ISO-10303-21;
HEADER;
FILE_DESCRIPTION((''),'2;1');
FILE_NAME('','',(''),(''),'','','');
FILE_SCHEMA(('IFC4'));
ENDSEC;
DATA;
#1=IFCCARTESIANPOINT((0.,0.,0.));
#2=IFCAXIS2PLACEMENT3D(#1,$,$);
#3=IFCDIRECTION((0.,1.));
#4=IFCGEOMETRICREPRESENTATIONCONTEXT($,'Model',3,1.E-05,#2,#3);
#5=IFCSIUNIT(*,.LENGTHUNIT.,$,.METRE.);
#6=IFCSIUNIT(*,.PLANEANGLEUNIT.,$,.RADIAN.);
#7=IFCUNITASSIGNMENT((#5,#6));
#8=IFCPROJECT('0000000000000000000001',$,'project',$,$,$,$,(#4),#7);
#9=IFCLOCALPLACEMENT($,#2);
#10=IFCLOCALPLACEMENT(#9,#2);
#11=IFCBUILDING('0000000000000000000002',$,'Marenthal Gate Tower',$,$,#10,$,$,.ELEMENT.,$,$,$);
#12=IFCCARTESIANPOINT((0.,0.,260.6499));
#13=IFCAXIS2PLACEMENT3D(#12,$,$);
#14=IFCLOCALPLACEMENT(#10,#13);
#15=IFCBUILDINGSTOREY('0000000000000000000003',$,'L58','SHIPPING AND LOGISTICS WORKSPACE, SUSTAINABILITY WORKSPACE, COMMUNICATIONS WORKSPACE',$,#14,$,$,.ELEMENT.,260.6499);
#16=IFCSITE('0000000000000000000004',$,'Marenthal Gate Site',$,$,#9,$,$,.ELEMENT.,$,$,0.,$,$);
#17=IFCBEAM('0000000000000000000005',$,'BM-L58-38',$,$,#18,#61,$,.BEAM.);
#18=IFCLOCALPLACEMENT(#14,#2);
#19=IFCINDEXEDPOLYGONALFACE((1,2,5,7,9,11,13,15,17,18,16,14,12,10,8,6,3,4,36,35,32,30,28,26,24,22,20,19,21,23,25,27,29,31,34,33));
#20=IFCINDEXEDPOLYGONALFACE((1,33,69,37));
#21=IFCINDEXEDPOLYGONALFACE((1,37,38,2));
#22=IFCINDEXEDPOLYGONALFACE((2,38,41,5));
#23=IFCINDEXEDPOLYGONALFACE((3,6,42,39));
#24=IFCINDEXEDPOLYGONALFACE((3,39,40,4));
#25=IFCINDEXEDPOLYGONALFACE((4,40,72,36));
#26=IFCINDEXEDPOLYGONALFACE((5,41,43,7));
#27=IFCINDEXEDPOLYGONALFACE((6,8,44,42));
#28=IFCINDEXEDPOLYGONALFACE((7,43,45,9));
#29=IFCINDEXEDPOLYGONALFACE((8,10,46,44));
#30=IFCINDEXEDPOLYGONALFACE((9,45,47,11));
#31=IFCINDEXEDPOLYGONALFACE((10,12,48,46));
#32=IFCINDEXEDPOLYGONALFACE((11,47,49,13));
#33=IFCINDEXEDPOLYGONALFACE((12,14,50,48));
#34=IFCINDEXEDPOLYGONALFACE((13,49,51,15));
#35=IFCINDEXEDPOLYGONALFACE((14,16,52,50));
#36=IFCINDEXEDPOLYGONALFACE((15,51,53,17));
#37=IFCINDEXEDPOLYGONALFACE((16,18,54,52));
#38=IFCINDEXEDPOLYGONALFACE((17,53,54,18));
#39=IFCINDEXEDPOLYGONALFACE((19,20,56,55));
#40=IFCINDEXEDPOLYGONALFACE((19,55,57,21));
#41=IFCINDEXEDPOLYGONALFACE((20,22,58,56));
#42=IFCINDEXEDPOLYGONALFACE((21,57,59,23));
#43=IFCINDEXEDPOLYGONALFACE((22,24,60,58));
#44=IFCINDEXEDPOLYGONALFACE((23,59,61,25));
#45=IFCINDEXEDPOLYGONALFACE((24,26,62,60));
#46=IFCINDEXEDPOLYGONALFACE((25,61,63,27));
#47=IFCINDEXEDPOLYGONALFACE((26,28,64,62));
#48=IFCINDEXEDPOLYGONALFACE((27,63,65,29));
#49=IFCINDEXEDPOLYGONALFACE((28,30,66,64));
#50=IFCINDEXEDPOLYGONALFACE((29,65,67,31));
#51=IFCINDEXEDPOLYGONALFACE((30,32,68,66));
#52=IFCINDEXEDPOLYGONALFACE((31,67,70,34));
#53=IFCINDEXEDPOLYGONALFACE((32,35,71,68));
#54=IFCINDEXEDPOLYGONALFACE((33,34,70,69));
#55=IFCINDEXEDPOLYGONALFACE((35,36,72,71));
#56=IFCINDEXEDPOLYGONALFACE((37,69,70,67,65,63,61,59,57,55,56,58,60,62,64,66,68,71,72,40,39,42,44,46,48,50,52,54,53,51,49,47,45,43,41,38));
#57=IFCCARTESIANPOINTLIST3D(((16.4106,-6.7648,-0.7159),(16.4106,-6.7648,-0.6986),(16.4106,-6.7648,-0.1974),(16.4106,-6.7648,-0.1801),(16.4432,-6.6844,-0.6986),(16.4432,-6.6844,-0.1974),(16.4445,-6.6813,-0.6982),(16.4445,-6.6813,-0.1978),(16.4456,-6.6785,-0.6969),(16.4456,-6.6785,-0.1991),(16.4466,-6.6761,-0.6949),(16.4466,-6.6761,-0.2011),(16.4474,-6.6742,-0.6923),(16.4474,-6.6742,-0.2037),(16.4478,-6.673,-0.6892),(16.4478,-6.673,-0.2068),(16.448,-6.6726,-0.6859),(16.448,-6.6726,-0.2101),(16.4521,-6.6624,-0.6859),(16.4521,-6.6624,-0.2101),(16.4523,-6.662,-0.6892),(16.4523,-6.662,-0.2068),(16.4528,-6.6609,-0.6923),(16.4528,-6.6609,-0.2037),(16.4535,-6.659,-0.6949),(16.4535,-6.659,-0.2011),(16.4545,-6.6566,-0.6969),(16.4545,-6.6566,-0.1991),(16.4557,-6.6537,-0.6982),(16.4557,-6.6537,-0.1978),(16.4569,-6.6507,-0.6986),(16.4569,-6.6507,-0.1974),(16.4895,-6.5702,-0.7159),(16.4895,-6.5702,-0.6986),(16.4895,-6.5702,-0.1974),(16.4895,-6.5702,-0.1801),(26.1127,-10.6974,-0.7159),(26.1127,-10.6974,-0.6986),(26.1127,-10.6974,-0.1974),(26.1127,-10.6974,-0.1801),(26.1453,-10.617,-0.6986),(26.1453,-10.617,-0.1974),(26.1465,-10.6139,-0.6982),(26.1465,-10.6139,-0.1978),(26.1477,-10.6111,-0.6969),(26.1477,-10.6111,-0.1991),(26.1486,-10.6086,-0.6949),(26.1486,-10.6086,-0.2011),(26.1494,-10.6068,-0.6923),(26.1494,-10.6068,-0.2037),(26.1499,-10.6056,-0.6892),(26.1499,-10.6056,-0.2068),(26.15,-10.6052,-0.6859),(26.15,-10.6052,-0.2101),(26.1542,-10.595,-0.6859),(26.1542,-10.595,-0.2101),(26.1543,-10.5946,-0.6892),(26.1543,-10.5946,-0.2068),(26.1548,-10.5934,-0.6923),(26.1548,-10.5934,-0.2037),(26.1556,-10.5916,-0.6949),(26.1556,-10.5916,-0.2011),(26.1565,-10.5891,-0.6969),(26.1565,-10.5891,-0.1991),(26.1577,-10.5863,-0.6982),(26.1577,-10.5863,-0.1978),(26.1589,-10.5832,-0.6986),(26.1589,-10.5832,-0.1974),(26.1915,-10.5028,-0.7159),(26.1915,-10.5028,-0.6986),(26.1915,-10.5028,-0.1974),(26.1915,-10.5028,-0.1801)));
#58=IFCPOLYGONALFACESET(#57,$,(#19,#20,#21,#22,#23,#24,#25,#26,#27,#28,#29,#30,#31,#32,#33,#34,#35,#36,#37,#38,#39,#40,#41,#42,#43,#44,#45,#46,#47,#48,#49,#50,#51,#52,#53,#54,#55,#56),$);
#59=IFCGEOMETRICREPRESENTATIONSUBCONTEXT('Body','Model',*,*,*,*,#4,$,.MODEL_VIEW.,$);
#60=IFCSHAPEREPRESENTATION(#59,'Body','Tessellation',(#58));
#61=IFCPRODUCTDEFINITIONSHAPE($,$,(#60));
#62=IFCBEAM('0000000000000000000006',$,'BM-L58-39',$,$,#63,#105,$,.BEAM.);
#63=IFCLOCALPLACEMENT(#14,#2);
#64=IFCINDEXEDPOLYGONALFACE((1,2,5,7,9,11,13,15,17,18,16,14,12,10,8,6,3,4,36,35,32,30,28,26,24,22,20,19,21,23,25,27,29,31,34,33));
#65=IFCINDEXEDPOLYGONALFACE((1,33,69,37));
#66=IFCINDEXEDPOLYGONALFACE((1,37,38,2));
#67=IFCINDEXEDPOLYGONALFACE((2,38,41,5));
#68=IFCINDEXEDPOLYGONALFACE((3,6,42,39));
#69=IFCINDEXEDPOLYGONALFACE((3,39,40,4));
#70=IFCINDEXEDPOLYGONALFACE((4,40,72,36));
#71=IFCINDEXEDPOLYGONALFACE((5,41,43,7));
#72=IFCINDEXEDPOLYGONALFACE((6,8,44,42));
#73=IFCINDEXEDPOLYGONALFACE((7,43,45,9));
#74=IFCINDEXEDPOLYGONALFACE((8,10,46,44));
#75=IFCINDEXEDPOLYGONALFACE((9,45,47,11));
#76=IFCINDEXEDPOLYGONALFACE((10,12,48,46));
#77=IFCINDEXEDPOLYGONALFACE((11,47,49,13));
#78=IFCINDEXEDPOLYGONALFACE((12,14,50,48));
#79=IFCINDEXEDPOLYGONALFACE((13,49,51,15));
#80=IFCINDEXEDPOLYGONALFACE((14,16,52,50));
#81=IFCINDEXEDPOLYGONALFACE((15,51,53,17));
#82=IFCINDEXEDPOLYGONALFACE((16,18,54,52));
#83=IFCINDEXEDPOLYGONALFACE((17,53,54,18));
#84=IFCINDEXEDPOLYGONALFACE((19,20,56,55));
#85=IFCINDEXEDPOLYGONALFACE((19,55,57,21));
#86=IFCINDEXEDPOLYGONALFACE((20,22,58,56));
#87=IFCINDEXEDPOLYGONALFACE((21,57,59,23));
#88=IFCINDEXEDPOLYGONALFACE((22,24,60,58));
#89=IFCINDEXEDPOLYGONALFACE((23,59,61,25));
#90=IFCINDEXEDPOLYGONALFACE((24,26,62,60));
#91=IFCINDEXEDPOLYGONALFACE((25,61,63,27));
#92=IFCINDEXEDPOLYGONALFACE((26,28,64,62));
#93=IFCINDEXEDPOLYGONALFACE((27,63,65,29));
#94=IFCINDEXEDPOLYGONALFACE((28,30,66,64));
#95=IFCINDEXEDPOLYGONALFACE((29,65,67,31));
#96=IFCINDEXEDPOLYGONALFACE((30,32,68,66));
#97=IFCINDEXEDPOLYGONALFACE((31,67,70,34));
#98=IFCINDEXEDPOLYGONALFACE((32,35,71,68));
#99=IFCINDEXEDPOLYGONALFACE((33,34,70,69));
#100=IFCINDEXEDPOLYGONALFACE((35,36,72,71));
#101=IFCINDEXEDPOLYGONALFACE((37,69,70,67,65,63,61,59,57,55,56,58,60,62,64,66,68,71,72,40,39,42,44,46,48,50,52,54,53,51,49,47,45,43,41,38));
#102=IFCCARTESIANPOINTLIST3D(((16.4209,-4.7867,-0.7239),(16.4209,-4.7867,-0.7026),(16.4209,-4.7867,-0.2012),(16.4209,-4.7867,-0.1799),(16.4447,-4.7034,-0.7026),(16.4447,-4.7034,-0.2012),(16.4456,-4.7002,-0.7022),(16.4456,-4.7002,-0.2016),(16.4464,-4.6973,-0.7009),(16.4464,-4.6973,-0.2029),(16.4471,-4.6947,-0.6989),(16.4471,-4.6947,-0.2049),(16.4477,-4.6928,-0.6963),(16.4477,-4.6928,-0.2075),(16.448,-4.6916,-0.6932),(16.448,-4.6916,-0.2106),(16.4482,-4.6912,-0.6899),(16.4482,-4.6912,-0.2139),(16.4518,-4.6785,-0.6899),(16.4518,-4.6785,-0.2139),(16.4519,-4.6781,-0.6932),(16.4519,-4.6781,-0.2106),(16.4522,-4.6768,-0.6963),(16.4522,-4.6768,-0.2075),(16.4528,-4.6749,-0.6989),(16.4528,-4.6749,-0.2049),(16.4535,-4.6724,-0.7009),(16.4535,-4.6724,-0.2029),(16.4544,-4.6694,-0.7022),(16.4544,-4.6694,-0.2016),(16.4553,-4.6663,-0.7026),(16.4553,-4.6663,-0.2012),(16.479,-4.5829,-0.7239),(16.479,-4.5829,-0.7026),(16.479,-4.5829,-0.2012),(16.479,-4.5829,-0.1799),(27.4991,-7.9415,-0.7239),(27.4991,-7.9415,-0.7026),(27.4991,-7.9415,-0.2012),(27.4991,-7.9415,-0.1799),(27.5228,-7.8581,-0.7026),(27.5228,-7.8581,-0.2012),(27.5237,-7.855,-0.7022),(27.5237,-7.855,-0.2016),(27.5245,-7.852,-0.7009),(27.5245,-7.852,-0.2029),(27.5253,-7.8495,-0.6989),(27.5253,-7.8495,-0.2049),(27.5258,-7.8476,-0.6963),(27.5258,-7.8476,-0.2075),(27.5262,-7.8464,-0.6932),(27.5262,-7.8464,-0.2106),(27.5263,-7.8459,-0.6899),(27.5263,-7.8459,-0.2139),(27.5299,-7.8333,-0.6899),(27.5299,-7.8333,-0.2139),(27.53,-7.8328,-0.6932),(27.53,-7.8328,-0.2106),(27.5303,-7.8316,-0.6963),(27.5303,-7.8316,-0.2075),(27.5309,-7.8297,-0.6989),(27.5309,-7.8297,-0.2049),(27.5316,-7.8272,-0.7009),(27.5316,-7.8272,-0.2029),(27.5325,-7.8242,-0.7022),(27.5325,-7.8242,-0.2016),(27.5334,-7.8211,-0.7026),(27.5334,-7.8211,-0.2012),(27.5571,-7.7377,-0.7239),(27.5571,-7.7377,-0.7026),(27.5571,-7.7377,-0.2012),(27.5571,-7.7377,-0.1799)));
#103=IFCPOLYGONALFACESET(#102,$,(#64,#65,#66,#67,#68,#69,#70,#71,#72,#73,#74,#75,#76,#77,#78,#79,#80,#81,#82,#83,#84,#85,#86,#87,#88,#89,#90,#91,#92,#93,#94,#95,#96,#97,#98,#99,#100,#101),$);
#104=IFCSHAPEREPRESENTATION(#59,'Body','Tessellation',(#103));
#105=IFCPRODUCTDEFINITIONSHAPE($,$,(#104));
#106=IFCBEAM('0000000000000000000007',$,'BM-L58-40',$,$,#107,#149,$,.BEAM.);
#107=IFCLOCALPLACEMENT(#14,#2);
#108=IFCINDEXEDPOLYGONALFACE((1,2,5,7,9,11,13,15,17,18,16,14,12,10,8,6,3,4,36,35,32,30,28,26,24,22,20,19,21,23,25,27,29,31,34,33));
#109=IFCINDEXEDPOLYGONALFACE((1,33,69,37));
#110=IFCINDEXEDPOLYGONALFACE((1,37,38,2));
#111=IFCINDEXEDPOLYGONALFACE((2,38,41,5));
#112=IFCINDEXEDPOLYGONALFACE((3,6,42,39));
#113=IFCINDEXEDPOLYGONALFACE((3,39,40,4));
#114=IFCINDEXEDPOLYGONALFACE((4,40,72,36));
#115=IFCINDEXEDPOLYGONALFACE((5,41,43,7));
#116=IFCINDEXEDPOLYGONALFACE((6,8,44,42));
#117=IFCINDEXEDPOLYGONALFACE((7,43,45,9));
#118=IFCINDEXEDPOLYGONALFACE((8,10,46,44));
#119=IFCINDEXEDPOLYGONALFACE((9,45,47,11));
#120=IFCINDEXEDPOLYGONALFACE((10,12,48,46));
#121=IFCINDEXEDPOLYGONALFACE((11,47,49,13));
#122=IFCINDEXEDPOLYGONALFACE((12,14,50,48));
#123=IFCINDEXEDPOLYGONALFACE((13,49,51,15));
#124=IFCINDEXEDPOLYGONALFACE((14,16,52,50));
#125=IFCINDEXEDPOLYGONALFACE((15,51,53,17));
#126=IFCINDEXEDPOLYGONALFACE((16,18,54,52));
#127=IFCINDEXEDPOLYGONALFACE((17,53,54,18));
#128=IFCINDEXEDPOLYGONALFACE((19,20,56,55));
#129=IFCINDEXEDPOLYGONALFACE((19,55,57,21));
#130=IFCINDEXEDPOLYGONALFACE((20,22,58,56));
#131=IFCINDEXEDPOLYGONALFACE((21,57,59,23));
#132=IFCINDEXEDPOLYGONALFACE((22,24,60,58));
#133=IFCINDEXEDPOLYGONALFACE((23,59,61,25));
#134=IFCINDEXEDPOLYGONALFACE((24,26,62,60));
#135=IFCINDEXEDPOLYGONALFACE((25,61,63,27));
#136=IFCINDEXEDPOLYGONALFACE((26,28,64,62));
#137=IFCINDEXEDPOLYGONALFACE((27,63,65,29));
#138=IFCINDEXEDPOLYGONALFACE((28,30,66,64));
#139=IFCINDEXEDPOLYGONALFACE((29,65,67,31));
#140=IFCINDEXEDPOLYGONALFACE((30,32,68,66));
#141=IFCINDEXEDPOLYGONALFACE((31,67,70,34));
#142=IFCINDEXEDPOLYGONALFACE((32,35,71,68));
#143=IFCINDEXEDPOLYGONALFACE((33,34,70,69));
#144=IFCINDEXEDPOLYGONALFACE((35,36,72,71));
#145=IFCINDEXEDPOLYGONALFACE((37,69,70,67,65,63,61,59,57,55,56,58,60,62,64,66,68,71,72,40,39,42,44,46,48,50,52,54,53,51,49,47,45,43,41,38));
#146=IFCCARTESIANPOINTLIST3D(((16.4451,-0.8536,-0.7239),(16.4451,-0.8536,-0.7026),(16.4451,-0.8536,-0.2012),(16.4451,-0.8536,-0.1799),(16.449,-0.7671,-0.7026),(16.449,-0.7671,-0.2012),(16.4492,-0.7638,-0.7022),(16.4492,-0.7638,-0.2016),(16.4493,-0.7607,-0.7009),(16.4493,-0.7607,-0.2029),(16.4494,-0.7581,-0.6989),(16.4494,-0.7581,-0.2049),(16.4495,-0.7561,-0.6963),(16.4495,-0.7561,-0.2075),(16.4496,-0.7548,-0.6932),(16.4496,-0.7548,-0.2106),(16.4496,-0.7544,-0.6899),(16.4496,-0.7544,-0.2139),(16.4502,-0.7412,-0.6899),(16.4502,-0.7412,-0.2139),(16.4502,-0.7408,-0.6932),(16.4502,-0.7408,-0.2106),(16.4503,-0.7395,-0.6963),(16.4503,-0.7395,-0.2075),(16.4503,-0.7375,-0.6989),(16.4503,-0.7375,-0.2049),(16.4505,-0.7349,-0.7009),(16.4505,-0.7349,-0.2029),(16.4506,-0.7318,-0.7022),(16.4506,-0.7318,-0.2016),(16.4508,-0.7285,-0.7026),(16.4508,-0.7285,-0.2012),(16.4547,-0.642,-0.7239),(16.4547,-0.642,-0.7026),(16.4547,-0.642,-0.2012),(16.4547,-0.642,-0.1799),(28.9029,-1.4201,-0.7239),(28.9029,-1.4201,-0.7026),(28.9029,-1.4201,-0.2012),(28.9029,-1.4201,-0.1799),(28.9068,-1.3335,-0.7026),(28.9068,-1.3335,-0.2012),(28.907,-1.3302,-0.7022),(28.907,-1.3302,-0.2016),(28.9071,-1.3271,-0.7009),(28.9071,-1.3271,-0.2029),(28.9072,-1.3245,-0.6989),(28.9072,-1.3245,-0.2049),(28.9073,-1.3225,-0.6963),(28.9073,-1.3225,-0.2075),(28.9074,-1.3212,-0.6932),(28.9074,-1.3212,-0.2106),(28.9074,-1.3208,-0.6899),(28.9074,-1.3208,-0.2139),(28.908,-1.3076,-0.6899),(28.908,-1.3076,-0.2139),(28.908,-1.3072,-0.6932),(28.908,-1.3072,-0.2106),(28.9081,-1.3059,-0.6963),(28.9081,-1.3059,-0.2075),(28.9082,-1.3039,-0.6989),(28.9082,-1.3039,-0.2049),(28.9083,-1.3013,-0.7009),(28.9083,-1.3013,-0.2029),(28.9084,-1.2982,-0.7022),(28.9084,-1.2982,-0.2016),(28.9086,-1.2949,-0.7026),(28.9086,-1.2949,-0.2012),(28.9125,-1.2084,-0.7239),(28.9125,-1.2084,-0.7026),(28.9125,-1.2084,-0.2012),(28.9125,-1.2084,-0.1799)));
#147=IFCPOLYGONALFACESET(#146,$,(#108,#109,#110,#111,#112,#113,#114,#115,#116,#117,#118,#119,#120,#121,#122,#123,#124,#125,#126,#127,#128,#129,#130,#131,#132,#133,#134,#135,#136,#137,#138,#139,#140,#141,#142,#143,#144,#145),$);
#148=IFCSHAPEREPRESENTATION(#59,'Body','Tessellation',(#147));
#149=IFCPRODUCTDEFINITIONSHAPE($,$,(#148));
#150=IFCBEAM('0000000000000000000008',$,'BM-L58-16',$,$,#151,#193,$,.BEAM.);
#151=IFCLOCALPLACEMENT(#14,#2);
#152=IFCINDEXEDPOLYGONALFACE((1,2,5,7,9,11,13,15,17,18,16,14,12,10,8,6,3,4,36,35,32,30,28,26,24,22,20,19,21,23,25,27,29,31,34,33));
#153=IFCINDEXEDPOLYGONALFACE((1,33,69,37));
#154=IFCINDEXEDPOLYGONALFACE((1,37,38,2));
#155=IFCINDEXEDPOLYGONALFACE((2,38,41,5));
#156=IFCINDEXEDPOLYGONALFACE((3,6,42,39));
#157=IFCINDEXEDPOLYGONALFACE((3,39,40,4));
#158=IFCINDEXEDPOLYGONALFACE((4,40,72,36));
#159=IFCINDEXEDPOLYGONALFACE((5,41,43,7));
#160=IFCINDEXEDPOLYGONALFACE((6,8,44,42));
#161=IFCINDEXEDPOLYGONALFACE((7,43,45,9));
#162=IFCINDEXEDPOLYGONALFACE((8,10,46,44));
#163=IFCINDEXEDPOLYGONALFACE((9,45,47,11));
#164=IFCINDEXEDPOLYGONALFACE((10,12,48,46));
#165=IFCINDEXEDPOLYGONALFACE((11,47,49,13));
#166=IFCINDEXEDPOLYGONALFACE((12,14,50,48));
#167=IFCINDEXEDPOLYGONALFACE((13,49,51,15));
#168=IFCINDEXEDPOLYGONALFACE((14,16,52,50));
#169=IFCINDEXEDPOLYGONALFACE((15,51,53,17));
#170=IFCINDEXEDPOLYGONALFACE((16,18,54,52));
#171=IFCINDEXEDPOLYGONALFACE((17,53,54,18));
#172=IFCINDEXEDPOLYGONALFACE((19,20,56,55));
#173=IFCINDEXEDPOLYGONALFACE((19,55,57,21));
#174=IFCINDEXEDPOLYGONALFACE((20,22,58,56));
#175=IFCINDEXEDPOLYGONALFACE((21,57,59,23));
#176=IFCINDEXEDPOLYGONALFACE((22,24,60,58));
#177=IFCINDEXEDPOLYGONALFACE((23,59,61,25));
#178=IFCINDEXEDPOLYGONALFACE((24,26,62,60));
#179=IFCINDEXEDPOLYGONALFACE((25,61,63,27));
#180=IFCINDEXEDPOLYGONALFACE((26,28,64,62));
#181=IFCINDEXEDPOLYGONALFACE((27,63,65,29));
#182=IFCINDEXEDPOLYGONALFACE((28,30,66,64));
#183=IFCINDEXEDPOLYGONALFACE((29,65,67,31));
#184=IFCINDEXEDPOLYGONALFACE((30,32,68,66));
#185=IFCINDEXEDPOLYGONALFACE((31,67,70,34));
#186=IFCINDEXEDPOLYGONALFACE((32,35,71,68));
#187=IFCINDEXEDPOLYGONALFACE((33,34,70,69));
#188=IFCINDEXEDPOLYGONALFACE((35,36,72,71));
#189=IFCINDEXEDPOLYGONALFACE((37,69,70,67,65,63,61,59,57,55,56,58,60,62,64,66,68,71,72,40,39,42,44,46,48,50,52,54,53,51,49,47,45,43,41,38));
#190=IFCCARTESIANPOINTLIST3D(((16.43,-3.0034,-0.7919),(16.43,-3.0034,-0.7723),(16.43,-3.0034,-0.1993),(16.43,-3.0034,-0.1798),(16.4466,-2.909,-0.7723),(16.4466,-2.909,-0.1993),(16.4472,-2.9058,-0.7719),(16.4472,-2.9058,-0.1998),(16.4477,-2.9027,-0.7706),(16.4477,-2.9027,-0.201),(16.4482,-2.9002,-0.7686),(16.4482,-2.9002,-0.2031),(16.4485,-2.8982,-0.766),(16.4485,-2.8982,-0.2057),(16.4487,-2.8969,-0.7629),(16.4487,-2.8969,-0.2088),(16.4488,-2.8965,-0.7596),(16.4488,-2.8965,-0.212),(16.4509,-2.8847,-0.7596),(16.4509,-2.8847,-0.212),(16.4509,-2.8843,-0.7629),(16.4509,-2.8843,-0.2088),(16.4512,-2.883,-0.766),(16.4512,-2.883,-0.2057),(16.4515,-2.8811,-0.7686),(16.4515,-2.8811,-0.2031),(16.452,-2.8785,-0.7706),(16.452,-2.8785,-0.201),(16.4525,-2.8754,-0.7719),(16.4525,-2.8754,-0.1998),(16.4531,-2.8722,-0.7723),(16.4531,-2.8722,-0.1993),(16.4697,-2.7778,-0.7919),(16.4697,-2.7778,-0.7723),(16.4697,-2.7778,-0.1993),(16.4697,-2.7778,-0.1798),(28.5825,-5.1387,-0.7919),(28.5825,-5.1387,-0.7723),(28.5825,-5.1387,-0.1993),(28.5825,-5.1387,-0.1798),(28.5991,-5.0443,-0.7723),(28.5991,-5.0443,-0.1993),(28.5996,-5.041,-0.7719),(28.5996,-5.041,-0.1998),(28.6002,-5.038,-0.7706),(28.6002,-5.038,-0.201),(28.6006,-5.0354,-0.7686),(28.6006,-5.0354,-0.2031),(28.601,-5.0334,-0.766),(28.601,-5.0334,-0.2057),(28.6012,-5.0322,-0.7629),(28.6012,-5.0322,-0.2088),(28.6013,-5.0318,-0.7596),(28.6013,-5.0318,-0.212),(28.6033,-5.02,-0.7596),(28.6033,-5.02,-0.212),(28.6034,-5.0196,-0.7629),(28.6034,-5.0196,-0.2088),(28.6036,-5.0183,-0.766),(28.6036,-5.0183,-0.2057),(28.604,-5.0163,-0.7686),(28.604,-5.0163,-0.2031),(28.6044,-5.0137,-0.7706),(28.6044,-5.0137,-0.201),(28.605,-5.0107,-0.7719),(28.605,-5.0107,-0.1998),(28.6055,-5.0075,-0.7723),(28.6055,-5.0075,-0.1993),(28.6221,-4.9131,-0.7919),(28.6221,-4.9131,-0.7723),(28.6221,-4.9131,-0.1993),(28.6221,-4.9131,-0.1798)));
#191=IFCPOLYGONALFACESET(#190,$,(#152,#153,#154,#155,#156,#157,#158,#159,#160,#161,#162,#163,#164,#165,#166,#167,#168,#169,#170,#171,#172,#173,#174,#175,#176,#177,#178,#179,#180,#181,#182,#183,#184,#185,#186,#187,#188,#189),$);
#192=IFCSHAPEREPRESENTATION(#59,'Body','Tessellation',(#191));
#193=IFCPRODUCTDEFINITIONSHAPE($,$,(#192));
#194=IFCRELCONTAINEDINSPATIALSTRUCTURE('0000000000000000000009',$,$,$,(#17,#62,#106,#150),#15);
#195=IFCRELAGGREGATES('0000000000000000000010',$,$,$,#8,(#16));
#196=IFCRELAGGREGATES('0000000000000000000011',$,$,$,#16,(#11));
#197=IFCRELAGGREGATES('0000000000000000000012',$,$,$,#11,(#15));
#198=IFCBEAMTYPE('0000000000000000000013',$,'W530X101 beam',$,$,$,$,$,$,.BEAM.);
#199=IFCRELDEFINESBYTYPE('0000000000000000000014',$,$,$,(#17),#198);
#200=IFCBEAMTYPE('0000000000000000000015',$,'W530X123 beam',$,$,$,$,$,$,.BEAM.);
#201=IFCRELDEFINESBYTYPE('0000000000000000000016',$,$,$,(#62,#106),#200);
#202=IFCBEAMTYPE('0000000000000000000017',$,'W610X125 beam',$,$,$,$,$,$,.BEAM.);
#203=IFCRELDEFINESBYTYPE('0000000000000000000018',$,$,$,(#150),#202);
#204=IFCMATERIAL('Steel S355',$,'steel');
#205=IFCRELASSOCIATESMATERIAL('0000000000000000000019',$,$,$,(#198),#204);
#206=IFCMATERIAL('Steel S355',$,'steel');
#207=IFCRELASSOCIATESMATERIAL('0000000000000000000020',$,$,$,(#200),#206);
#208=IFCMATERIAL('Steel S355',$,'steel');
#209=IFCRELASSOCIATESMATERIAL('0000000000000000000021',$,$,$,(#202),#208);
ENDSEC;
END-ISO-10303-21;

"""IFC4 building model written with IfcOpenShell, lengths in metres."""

from ifc_helpers import new_model, si_unit, direction, frame, origin, origin_2d, place, context, subcontext, project, spatial, i_section, extrude, material, material_profile, profile_set, type_object, element, save


model = new_model("IFC4")

# Units and contexts
model_context = context("Model", 3, precision=1e-05, world=origin(), true_north=direction((0.0, 1.0)))
body_context = subcontext(model_context, "Body", "Model", "MODEL_VIEW")
ifc_project = project(units=[si_unit("LENGTHUNIT", "METRE"), si_unit("PLANEANGLEUNIT", "RADIAN")], contexts=[model_context])

# Site, building, storey
site_placement = place(None, origin())
site = spatial("IfcSite", under=ifc_project, at=site_placement, Name="Marenthal Gate Site", CompositionType="ELEMENT", RefElevation=0.0)
building_placement = place(site_placement, origin())
building = spatial("IfcBuilding", under=site, at=building_placement, Name="Marenthal Gate Tower", CompositionType="ELEMENT")
storey_placement = place(building_placement, frame((0.0, 0.0, 260.6499)))
storey = spatial("IfcBuildingStorey", under=building, at=storey_placement, Name="L58", Description="SHIPPING AND LOGISTICS WORKSPACE, SUSTAINABILITY WORKSPACE, COMMUNICATIONS WORKSPACE", CompositionType="ELEMENT", Elevation=260.6499)

# Beams
ifc_material_1 = material(Name="Steel S355", Category="steel")
ifc_material_profile_1 = material_profile(ifc_material_1, i_section(OverallWidth=0.21, OverallDepth=0.5359, WebThickness=0.011, FlangeThickness=0.0173, FilletRadius=0.0127, at=origin_2d()), Name="W530X101")
ifc_profile_set_1 = profile_set([ifc_material_profile_1], Name="Steel S355")
beam_type_1 = type_object("IfcBeamType", Name="W530X101 beam", PredefinedType="BEAM", material=ifc_profile_set_1)
beam_1_placement = place(storey_placement, frame((26.1521, -10.6001, -0.448), z_axis=(-0.926762, 0.375649, 0.0), x_axis=(-0.375649, -0.926762, 0.0)))
element("IfcBeam", 1, at=beam_1_placement, inside=storey, type_object=beam_type_1, Name="BM-L58-38", PredefinedType="BEAM", context=body_context, shape_type="SweptSolid", body=[
    extrude(i_section(OverallWidth=0.21, OverallDepth=0.5359, WebThickness=0.011, FlangeThickness=0.0173, FilletRadius=0.0127, at=origin_2d()), origin(), (0.0, 0.0, 1.0), 10.4688),
])
ifc_material_2 = material(Name="Steel S355", Category="steel")
ifc_material_profile_2 = material_profile(ifc_material_2, i_section(OverallWidth=0.2119, OverallDepth=0.5439, WebThickness=0.0132, FlangeThickness=0.0212, FilletRadius=0.0127, at=origin_2d()), Name="W530X123")
ifc_profile_set_2 = profile_set([ifc_material_profile_2], Name="Steel S355")
beam_type_2 = type_object("IfcBeamType", Name="W530X123 beam", PredefinedType="BEAM", material=ifc_profile_set_2)
beam_2_placement = place(storey_placement, frame((27.5281, -7.8396, -0.4519), z_axis=(-0.961762, 0.273887, 0.0), x_axis=(-0.273887, -0.961762, 0.0)))
element("IfcBeam", 2, at=beam_2_placement, inside=storey, type_object=beam_type_2, Name="BM-L58-39", PredefinedType="BEAM", context=body_context, shape_type="SweptSolid", body=[
    extrude(i_section(OverallWidth=0.2119, OverallDepth=0.5439, WebThickness=0.0132, FlangeThickness=0.0212, FilletRadius=0.0127, at=origin_2d()), origin(), (0.0, 0.0, 1.0), 11.5186),
])
beam_3_placement = place(storey_placement, frame((28.9077, -1.3142, -0.4519), z_axis=(-0.998968, 0.045419, 0.0), x_axis=(-0.045419, -0.998968, 0.0)))
element("IfcBeam", 3, at=beam_3_placement, inside=storey, type_object=beam_type_2, Name="BM-L58-40", PredefinedType="BEAM", context=body_context, shape_type="SweptSolid", body=[
    extrude(i_section(OverallWidth=0.2119, OverallDepth=0.5439, WebThickness=0.0132, FlangeThickness=0.0212, FilletRadius=0.0127, at=origin_2d()), origin(), (0.0, 0.0, 1.0), 12.4707),
])
ifc_material_3 = material(Name="Steel S355", Category="steel")
ifc_material_profile_3 = material_profile(ifc_material_3, i_section(OverallWidth=0.229, OverallDepth=0.6121, WebThickness=0.012, FlangeThickness=0.0195, FilletRadius=0.0127, at=origin_2d()), Name="W610X125")
ifc_profile_set_3 = profile_set([ifc_material_profile_3], Name="Steel S355")
beam_type_3 = type_object("IfcBeamType", Name="W610X125 beam", PredefinedType="BEAM", material=ifc_profile_set_3)
beam_4_placement = place(storey_placement, frame((28.6023, -5.0259, -0.4858), z_axis=(-0.984912, 0.173056, 0.0), x_axis=(-0.173056, -0.984912, 0.0)))
element("IfcBeam", 4, at=beam_4_placement, inside=storey, type_object=beam_type_3, Name="BM-L58-16", PredefinedType="BEAM", context=body_context, shape_type="SweptSolid", body=[
    extrude(i_section(OverallWidth=0.229, OverallDepth=0.6121, WebThickness=0.012, FlangeThickness=0.0195, FilletRadius=0.0127, at=origin_2d()), origin(), (0.0, 0.0, 1.0), 12.3386),
])

save(model, "model.ifc")
